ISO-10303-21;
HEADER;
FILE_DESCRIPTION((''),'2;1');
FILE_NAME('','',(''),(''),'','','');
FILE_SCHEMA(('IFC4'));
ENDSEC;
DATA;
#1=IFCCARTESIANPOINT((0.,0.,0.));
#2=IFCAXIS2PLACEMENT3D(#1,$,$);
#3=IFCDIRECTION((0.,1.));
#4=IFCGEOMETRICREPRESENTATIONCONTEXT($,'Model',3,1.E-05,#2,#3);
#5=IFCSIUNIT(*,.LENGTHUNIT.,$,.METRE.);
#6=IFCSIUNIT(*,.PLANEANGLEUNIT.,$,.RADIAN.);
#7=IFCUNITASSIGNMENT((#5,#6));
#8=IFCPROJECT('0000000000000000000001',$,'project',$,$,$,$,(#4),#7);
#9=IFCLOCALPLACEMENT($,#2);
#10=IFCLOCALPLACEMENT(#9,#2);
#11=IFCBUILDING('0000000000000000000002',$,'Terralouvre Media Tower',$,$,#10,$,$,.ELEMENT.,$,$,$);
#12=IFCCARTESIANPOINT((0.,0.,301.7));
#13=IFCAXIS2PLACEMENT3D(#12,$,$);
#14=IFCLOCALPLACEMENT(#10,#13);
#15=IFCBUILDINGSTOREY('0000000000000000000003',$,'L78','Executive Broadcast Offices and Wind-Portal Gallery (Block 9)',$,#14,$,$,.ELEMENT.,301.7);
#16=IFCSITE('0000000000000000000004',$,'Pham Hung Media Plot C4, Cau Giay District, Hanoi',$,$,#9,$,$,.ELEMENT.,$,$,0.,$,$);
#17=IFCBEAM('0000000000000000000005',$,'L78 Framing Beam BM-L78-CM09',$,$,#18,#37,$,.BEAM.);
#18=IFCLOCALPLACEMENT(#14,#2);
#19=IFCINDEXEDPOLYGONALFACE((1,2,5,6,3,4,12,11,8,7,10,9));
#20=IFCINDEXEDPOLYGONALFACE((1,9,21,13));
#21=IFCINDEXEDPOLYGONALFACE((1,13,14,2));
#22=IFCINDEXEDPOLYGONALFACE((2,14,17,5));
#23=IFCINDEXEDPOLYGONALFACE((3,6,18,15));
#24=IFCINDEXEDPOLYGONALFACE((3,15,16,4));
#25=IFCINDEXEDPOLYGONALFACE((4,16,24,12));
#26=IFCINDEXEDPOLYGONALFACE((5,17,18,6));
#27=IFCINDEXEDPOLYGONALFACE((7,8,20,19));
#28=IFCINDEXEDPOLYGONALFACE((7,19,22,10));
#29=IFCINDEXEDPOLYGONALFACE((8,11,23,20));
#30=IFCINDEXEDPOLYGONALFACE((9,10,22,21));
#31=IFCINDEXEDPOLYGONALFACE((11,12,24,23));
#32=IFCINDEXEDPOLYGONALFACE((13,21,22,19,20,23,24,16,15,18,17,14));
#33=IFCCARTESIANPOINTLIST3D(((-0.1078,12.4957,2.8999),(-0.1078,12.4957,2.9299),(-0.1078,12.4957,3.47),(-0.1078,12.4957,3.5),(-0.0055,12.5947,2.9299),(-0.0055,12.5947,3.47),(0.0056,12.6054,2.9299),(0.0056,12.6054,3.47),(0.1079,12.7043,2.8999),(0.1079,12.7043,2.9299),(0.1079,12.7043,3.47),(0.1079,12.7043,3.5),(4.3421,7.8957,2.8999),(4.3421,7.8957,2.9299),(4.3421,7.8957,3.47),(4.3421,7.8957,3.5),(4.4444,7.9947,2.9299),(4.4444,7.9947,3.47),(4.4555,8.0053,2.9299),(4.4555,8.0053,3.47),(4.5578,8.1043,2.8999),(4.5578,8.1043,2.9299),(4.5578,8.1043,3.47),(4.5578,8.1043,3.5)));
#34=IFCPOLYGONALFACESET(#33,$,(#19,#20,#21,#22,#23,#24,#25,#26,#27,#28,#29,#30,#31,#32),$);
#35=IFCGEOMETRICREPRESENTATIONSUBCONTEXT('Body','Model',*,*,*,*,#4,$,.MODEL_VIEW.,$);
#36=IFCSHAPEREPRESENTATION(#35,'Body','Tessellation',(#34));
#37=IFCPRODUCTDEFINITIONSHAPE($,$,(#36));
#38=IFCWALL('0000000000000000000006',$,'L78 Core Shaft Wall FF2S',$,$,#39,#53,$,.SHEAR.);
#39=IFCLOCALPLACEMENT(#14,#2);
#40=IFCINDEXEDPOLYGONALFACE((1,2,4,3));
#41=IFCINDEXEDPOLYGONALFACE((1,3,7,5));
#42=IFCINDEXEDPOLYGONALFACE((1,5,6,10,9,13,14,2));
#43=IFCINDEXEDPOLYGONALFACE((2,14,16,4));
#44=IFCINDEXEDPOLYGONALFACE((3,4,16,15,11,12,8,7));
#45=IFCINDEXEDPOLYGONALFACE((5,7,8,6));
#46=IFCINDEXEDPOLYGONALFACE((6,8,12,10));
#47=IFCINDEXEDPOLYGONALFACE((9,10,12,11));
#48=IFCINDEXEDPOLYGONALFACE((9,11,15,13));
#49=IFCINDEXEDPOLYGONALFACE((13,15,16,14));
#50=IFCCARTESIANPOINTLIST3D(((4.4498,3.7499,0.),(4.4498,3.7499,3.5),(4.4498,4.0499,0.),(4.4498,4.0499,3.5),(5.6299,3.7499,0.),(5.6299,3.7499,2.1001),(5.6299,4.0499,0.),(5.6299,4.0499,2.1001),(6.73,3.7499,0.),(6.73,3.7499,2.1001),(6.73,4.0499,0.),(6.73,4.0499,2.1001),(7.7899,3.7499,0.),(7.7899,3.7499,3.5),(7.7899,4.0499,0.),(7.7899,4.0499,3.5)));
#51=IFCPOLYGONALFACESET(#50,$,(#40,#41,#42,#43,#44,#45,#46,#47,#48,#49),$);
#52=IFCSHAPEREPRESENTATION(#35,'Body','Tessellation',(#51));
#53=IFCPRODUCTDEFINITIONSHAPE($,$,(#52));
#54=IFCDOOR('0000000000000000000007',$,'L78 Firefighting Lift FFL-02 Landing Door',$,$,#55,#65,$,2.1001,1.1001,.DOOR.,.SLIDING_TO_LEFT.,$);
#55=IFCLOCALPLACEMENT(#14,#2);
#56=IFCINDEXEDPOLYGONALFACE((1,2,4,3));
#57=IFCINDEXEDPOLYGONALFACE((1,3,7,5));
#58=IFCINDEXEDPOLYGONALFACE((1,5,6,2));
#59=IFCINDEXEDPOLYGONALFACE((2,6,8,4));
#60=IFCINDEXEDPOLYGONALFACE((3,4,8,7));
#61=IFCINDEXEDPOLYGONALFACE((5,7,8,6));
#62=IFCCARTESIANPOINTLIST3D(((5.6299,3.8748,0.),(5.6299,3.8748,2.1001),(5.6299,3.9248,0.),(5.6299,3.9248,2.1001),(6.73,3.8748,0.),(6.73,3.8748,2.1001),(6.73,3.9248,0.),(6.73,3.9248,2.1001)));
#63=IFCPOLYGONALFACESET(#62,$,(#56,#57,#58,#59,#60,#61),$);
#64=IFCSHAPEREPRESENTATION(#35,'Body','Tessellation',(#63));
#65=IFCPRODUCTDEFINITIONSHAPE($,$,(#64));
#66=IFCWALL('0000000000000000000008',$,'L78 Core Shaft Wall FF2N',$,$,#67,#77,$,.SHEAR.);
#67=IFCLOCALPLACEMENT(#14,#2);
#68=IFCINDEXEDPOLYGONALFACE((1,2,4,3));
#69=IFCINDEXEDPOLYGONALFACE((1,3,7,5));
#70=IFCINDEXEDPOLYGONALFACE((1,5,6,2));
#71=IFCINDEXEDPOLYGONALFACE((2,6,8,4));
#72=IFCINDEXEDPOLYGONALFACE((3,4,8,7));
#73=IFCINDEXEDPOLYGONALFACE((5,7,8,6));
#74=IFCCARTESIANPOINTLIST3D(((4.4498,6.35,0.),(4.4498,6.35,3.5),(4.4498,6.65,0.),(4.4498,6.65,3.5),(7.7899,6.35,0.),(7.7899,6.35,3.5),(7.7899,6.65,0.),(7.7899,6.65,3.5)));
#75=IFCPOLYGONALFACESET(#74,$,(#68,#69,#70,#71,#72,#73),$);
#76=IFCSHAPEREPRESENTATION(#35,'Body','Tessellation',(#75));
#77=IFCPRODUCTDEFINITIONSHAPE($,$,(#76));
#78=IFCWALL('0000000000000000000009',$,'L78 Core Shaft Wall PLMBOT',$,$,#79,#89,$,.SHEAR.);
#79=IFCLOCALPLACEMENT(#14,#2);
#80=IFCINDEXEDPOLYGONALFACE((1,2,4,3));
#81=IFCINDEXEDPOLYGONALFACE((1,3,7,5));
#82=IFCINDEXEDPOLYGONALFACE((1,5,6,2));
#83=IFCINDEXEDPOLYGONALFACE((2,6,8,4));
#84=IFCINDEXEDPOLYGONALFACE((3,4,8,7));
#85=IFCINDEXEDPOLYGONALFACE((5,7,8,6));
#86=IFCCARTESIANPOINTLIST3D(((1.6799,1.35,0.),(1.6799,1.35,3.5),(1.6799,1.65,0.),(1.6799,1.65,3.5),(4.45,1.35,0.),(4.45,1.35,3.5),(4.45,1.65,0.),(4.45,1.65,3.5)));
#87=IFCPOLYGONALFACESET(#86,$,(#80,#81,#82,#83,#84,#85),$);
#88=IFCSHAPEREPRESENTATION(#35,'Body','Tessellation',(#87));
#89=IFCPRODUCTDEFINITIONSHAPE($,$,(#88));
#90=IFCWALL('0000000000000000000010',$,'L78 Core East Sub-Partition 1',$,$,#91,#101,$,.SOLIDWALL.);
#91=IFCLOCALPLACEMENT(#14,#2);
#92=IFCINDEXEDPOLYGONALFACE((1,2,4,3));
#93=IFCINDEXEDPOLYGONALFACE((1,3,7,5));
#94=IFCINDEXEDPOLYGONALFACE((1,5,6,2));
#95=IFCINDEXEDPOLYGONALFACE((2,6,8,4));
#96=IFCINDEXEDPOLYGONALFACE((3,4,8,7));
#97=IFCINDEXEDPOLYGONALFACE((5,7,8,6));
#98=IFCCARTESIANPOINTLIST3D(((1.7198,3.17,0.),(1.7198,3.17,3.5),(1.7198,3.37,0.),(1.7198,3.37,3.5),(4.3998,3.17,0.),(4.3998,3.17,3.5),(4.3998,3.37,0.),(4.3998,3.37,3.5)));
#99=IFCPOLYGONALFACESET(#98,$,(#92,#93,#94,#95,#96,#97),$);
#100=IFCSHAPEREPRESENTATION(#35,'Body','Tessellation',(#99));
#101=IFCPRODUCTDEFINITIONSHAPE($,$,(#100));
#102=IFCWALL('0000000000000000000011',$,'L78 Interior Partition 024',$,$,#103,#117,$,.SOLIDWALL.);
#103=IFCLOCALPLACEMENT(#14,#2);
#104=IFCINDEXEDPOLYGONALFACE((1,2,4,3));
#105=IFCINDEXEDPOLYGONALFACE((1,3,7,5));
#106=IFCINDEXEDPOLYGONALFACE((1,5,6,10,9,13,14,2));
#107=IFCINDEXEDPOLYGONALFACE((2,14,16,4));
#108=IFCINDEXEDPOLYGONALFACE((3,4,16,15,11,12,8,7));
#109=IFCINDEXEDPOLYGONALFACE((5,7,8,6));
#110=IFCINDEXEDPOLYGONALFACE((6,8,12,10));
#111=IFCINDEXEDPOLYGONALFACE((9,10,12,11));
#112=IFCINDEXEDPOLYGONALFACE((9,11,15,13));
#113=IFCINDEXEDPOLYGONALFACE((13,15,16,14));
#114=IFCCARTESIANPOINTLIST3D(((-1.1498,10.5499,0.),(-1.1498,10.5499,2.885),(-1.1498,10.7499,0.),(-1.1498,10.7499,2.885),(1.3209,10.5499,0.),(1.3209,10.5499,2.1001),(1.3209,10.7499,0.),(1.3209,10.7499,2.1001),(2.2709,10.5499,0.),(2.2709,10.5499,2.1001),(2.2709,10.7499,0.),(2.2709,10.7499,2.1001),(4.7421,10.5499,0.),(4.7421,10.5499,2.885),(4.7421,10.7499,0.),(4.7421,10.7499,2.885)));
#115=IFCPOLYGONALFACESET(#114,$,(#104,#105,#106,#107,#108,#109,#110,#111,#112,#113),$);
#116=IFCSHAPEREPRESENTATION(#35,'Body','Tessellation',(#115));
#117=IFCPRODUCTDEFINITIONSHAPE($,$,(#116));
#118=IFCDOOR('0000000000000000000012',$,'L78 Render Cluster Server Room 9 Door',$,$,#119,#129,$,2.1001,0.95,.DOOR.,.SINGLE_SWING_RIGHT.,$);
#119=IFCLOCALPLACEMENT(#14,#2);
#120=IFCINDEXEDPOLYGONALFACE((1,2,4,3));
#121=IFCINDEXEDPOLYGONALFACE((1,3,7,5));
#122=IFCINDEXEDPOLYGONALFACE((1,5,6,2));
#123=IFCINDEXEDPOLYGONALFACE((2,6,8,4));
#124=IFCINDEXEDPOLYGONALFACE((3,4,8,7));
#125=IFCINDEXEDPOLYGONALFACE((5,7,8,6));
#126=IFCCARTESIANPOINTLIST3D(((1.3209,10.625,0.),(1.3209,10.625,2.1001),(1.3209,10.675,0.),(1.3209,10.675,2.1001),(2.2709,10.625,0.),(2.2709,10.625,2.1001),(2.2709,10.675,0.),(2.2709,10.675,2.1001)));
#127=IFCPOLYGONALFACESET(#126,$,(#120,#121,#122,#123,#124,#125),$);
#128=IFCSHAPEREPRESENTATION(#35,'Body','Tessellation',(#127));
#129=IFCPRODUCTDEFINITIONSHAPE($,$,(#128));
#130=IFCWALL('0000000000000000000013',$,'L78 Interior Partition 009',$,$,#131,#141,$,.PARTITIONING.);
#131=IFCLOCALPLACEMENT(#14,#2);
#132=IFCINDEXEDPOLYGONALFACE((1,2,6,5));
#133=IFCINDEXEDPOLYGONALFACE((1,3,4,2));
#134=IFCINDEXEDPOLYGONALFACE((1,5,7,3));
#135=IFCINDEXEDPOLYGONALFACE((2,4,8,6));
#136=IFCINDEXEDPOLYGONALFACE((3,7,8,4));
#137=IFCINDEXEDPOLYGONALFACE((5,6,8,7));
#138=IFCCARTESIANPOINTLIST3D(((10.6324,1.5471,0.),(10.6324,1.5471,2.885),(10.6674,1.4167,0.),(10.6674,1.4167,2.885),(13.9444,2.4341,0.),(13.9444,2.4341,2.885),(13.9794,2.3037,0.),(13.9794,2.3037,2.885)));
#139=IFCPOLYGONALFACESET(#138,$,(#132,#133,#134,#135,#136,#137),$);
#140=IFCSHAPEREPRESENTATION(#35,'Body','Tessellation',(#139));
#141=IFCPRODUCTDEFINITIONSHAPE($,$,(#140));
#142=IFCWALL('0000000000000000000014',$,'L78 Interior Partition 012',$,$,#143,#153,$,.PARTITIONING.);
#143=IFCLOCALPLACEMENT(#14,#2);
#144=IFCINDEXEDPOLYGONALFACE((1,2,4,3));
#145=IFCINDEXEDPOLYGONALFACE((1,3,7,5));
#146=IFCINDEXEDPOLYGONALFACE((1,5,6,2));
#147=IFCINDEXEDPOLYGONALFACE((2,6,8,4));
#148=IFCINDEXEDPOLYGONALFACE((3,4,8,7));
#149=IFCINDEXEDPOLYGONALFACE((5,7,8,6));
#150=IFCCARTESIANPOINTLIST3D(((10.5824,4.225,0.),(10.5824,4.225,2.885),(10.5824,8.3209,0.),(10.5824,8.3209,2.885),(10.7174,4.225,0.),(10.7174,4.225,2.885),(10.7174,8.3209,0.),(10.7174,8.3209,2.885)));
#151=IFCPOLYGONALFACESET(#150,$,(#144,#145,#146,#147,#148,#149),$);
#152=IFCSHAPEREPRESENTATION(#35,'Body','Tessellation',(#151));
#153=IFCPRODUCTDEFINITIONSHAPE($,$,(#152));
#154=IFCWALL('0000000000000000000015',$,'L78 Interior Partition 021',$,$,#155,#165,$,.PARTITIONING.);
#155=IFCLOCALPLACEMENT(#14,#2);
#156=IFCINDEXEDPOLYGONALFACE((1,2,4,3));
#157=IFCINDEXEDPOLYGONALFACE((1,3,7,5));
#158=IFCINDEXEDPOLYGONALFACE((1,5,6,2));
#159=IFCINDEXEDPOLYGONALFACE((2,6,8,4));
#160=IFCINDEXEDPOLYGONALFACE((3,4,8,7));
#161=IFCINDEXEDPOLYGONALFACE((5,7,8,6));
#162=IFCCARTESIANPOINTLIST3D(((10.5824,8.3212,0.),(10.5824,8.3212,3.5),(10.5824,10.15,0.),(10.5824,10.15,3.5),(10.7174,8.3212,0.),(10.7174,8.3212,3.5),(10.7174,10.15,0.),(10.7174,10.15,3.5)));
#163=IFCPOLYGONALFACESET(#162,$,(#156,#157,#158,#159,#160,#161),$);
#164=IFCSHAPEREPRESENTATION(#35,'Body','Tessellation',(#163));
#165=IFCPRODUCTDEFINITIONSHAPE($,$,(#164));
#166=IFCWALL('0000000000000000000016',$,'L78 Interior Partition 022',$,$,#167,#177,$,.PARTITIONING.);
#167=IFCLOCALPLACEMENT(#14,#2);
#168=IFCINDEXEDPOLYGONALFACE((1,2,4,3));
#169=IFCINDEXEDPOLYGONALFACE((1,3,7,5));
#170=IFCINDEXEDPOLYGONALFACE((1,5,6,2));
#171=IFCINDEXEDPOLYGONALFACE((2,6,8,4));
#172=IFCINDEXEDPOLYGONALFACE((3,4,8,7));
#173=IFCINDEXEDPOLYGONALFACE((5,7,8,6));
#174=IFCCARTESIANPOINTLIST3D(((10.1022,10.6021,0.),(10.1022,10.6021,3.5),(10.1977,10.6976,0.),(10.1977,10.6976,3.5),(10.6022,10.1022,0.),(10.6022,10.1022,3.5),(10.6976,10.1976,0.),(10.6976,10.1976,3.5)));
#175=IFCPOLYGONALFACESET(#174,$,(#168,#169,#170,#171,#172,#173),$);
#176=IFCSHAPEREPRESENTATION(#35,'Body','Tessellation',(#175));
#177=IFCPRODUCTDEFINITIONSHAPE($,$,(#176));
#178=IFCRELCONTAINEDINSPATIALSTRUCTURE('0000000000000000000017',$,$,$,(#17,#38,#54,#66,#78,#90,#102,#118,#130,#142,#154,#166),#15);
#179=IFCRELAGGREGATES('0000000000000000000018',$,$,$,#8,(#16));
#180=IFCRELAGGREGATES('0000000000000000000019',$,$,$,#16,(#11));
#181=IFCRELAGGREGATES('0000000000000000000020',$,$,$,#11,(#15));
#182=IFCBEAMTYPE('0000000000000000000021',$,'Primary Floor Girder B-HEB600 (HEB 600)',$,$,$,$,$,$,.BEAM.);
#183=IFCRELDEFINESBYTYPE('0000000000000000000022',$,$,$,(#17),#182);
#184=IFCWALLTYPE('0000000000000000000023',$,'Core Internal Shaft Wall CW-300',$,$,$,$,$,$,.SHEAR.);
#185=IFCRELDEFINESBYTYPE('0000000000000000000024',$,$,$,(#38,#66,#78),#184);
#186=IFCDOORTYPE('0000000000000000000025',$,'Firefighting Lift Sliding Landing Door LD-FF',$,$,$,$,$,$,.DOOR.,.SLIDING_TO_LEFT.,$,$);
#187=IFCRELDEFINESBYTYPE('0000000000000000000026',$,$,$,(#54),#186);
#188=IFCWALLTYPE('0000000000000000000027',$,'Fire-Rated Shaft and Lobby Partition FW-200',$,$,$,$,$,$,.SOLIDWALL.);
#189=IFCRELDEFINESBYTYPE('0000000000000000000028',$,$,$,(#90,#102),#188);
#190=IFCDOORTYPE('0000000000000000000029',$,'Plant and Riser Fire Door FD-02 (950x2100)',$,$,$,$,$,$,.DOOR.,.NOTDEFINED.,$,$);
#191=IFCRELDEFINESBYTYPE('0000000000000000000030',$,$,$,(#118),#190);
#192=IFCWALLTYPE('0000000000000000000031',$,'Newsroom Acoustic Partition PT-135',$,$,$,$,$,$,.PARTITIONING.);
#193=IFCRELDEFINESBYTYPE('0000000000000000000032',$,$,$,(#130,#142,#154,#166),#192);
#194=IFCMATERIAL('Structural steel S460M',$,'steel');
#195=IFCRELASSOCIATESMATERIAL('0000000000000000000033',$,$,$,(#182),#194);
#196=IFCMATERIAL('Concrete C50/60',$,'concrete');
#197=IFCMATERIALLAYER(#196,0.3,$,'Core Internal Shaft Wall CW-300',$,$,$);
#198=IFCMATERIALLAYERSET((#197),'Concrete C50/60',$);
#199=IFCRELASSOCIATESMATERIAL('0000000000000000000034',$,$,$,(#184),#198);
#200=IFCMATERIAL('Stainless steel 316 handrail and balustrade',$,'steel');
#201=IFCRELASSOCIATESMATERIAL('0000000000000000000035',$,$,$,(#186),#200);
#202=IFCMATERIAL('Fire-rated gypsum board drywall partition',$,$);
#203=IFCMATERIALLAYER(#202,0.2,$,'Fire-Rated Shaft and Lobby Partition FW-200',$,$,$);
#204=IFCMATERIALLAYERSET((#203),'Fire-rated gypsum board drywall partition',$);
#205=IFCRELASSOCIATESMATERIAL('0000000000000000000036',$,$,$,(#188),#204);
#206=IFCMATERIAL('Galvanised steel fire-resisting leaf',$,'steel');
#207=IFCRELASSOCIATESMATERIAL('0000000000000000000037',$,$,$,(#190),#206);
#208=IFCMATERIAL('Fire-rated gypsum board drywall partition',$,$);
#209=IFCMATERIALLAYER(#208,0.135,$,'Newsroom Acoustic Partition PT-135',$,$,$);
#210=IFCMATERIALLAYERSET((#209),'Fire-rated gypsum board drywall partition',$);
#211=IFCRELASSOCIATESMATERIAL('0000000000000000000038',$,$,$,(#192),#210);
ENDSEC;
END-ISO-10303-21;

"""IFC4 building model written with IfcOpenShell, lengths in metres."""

from ifc_helpers import new_model, si_unit, direction, frame, frame_2d, origin, origin_2d, place, context, subcontext, project, spatial, rectangle, i_section, extrude, material, layer, layer_set, material_profile, profile_set, type_object, element, fill, save


model = new_model("IFC4")

# Units and contexts
model_context = context("Model", 3, precision=1e-05, world=origin(), true_north=direction((0.0, 1.0)))
body_context = subcontext(model_context, "Body", "Model", "MODEL_VIEW")
ifc_project = project(units=[si_unit("LENGTHUNIT", "METRE"), si_unit("PLANEANGLEUNIT", "RADIAN")], contexts=[model_context])

# Site, building, storey
site_placement = place(None, origin())
site = spatial("IfcSite", under=ifc_project, at=site_placement, Name="Pham Hung Media Plot C4, Cau Giay District, Hanoi", CompositionType="ELEMENT", RefElevation=0.0)
building_placement = place(site_placement, origin())
building = spatial("IfcBuilding", under=site, at=building_placement, Name="Terralouvre Media Tower", CompositionType="ELEMENT")
storey_placement = place(building_placement, frame((0.0, 0.0, 301.7)))
storey = spatial("IfcBuildingStorey", under=building, at=storey_placement, Name="L78", Description="Executive Broadcast Offices and Wind-Portal Gallery (Block 9)", CompositionType="ELEMENT", Elevation=301.7)

# Beam
ifc_material_1 = material(Name="Structural steel S460M", Category="steel")
ifc_material_profile_1 = material_profile(ifc_material_1, i_section(OverallWidth=0.3, OverallDepth=0.6001, WebThickness=0.0154, FlangeThickness=0.03, at=origin_2d()), Name="HEB 600")
ifc_profile_set_1 = profile_set([ifc_material_profile_1], Name="Structural steel S460M")
beam_type = type_object("IfcBeamType", Name="Primary Floor Girder B-HEB600 (HEB 600)", PredefinedType="BEAM", material=ifc_profile_set_1)
beam_1_placement = place(storey_placement, frame((4.45, 8.0, 3.2), z_axis=(-0.69528, 0.718739, 0.0), x_axis=(-0.718739, -0.69528, 0.0)))
element("IfcBeam", 1, at=beam_1_placement, inside=storey, type_object=beam_type, Name="L78 Framing Beam BM-L78-CM09", PredefinedType="BEAM", context=body_context, shape_type="SweptSolid", body=[
    extrude(i_section(OverallWidth=0.3, OverallDepth=0.6001, WebThickness=0.0154, FlangeThickness=0.03, at=origin_2d()), origin(), (0.0, 0.0, 1.0), 6.4001),
])

# Wall, opening, door
ifc_material_2 = material(Name="Concrete C50/60", Category="concrete")
ifc_layer_1 = layer(ifc_material_2, 0.3, Name="Core Internal Shaft Wall CW-300")
ifc_layer_set_1 = layer_set([ifc_layer_1], Name="Concrete C50/60")
wall_type_1 = type_object("IfcWallType", Name="Core Internal Shaft Wall CW-300", PredefinedType="SHEAR", material=ifc_layer_set_1)
wall_1_placement = place(storey_placement, frame((4.45, 3.8999, 0.0), z_axis=(0.0, 0.0, 1.0), x_axis=(1.0, 0.0, 0.0)))
wall_1 = element("IfcWall", 2, at=wall_1_placement, inside=storey, type_object=wall_type_1, Name="L78 Core Shaft Wall FF2S", PredefinedType="SHEAR", context=body_context, shape_type="SweptSolid", body=[
    extrude(rectangle(XDim=3.3401, YDim=0.3, at=frame_2d((1.6699, 0.0))), origin(), (0.0, 0.0, 1.0), 3.5),
])
opening_1_placement = place(wall_1_placement, frame((1.1799, 0.0, 0.0)))
opening_1 = element("IfcOpeningElement", 3, at=opening_1_placement, cuts=wall_1, PredefinedType="OPENING", context=body_context, shape_type="SweptSolid", body=[
    extrude(rectangle(XDim=1.1001, YDim=2.1001, at=frame_2d((0.55, 1.05))), frame((0.0, 0.1599, 0.0), z_axis=(0.0, -1.0, 0.0), x_axis=(1.0, 0.0, 0.0)), (0.0, 0.0, 1.0), 0.3201),
])
ifc_material_3 = material(Name="Stainless steel 316 handrail and balustrade", Category="steel")
door_type_1 = type_object("IfcDoorType", Name="Firefighting Lift Sliding Landing Door LD-FF", OperationType="SLIDING_TO_LEFT", PredefinedType="DOOR", material=ifc_material_3)
door_1_placement = place(opening_1_placement, origin())
door_1 = element("IfcDoor", 4, at=door_1_placement, inside=storey, type_object=door_type_1, Name="L78 Firefighting Lift FFL-02 Landing Door", OperationType="SLIDING_TO_LEFT", OverallHeight=2.1001, OverallWidth=1.1001, PredefinedType="DOOR", context=body_context, shape_type="SweptSolid", body=[
    extrude(rectangle(XDim=1.1001, YDim=2.1001, at=frame_2d((0.55, 1.05))), frame((0.0, 0.0249, 0.0), z_axis=(0.0, -1.0, 0.0), x_axis=(1.0, 0.0, 0.0)), (0.0, 0.0, 1.0), 0.05),
])
fill(opening_1, door_1)

# Walls
wall_2_placement = place(storey_placement, frame((4.45, 6.5, 0.0), z_axis=(0.0, 0.0, 1.0), x_axis=(1.0, 0.0, 0.0)))
element("IfcWall", 5, at=wall_2_placement, inside=storey, type_object=wall_type_1, Name="L78 Core Shaft Wall FF2N", PredefinedType="SHEAR", context=body_context, shape_type="SweptSolid", body=[
    extrude(rectangle(XDim=3.3401, YDim=0.3, at=frame_2d((1.6699, 0.0))), origin(), (0.0, 0.0, 1.0), 3.5),
])
wall_3_placement = place(storey_placement, frame((1.6799, 1.5, 0.0), z_axis=(0.0, 0.0, 1.0), x_axis=(1.0, 0.0, 0.0)))
element("IfcWall", 6, at=wall_3_placement, inside=storey, type_object=wall_type_1, Name="L78 Core Shaft Wall PLMBOT", PredefinedType="SHEAR", context=body_context, shape_type="SweptSolid", body=[
    extrude(rectangle(XDim=2.77, YDim=0.3, at=frame_2d((1.385, 0.0))), origin(), (0.0, 0.0, 1.0), 3.5),
])
ifc_material_4 = material(Name="Fire-rated gypsum board drywall partition")
ifc_layer_2 = layer(ifc_material_4, 0.2, Name="Fire-Rated Shaft and Lobby Partition FW-200")
ifc_layer_set_2 = layer_set([ifc_layer_2], Name="Fire-rated gypsum board drywall partition")
wall_type_2 = type_object("IfcWallType", Name="Fire-Rated Shaft and Lobby Partition FW-200", PredefinedType="SOLIDWALL", material=ifc_layer_set_2)
wall_4_placement = place(storey_placement, frame((1.72, 3.27, 0.0), z_axis=(0.0, 0.0, 1.0), x_axis=(1.0, 0.0, 0.0)))
element("IfcWall", 7, at=wall_4_placement, inside=storey, type_object=wall_type_2, Name="L78 Core East Sub-Partition 1", PredefinedType="SOLIDWALL", context=body_context, shape_type="SweptSolid", body=[
    extrude(rectangle(XDim=2.6799, YDim=0.2, at=frame_2d((1.3398, 0.0))), origin(), (0.0, 0.0, 1.0), 3.5),
])

# Wall, opening, door
wall_5_placement = place(storey_placement, frame((4.7419, 10.6499, 0.0), z_axis=(0.0, 0.0, 1.0), x_axis=(-1.0, 0.0, 0.0)))
wall_5 = element("IfcWall", 8, at=wall_5_placement, inside=storey, type_object=wall_type_2, Name="L78 Interior Partition 024", PredefinedType="SOLIDWALL", context=body_context, shape_type="SweptSolid", body=[
    extrude(rectangle(XDim=5.8918, YDim=0.2, at=frame_2d((2.9458, 0.0))), origin(), (0.0, 0.0, 1.0), 2.885),
])
opening_2_placement = place(wall_5_placement, frame((2.4709, 0.0, 0.0)))
opening_2 = element("IfcOpeningElement", 9, at=opening_2_placement, cuts=wall_5, PredefinedType="OPENING", context=body_context, shape_type="SweptSolid", body=[
    extrude(rectangle(XDim=0.95, YDim=2.1001, at=frame_2d((0.4751, 1.05))), frame((0.0, 0.1099, 0.0), z_axis=(0.0, -1.0, 0.0), x_axis=(1.0, 0.0, 0.0)), (0.0, 0.0, 1.0), 0.22),
])
ifc_material_5 = material(Name="Galvanised steel fire-resisting leaf", Category="steel")
door_type_2 = type_object("IfcDoorType", Name="Plant and Riser Fire Door FD-02 (950x2100)", OperationType="NOTDEFINED", PredefinedType="DOOR", material=ifc_material_5)
door_2_placement = place(opening_2_placement, origin())
door_2 = element("IfcDoor", 10, at=door_2_placement, inside=storey, type_object=door_type_2, Name="L78 Render Cluster Server Room 9 Door", OperationType="SINGLE_SWING_RIGHT", OverallHeight=2.1001, OverallWidth=0.95, PredefinedType="DOOR", context=body_context, shape_type="SweptSolid", body=[
    extrude(rectangle(XDim=0.95, YDim=2.1001, at=frame_2d((0.4751, 1.05))), frame((0.0, 0.0249, 0.0), z_axis=(0.0, -1.0, 0.0), x_axis=(1.0, 0.0, 0.0)), (0.0, 0.0, 1.0), 0.05),
])
fill(opening_2, door_2)

# Walls
ifc_material_6 = material(Name="Fire-rated gypsum board drywall partition")
ifc_layer_3 = layer(ifc_material_6, 0.135, Name="Newsroom Acoustic Partition PT-135")
ifc_layer_set_3 = layer_set([ifc_layer_3], Name="Fire-rated gypsum board drywall partition")
wall_type_3 = type_object("IfcWallType", Name="Newsroom Acoustic Partition PT-135", PredefinedType="PARTITIONING", material=ifc_layer_set_3)
wall_6_placement = place(storey_placement, frame((10.6499, 1.4819, 0.0), z_axis=(0.0, 0.0, 1.0), x_axis=(0.965961, 0.258686, 0.0)))
element("IfcWall", 11, at=wall_6_placement, inside=storey, type_object=wall_type_3, Name="L78 Interior Partition 009", PredefinedType="PARTITIONING", context=body_context, shape_type="SweptSolid", body=[
    extrude(rectangle(XDim=3.4287, YDim=0.135, at=frame_2d((1.7144, 0.0))), origin(), (0.0, 0.0, 1.0), 2.885),
])
wall_7_placement = place(storey_placement, frame((10.6499, 4.2251, 0.0), z_axis=(0.0, 0.0, 1.0), x_axis=(0.0, 1.0, 0.0)))
element("IfcWall", 12, at=wall_7_placement, inside=storey, type_object=wall_type_3, Name="L78 Interior Partition 012", PredefinedType="PARTITIONING", context=body_context, shape_type="SweptSolid", body=[
    extrude(rectangle(XDim=4.0959, YDim=0.135, at=frame_2d((2.0479, 0.0))), origin(), (0.0, 0.0, 1.0), 2.885),
])
wall_8_placement = place(storey_placement, frame((10.6499, 8.321, 0.0), z_axis=(0.0, 0.0, 1.0), x_axis=(0.0, 1.0, 0.0)))
element("IfcWall", 13, at=wall_8_placement, inside=storey, type_object=wall_type_3, Name="L78 Interior Partition 021", PredefinedType="PARTITIONING", context=body_context, shape_type="SweptSolid", body=[
    extrude(rectangle(XDim=1.8289, YDim=0.135, at=frame_2d((0.9146, 0.0))), origin(), (0.0, 0.0, 1.0), 3.5),
])
wall_9_placement = place(storey_placement, frame((10.6499, 10.1499, 0.0), z_axis=(0.0, 0.0, 1.0), x_axis=(-0.707107, 0.707107, 0.0)))
element("IfcWall", 14, at=wall_9_placement, inside=storey, type_object=wall_type_3, Name="L78 Interior Partition 022", PredefinedType="PARTITIONING", context=body_context, shape_type="SweptSolid", body=[
    extrude(rectangle(XDim=0.707, YDim=0.135, at=frame_2d((0.3535, 0.0))), origin(), (0.0, 0.0, 1.0), 3.5),
])

save(model, "model.ifc")
